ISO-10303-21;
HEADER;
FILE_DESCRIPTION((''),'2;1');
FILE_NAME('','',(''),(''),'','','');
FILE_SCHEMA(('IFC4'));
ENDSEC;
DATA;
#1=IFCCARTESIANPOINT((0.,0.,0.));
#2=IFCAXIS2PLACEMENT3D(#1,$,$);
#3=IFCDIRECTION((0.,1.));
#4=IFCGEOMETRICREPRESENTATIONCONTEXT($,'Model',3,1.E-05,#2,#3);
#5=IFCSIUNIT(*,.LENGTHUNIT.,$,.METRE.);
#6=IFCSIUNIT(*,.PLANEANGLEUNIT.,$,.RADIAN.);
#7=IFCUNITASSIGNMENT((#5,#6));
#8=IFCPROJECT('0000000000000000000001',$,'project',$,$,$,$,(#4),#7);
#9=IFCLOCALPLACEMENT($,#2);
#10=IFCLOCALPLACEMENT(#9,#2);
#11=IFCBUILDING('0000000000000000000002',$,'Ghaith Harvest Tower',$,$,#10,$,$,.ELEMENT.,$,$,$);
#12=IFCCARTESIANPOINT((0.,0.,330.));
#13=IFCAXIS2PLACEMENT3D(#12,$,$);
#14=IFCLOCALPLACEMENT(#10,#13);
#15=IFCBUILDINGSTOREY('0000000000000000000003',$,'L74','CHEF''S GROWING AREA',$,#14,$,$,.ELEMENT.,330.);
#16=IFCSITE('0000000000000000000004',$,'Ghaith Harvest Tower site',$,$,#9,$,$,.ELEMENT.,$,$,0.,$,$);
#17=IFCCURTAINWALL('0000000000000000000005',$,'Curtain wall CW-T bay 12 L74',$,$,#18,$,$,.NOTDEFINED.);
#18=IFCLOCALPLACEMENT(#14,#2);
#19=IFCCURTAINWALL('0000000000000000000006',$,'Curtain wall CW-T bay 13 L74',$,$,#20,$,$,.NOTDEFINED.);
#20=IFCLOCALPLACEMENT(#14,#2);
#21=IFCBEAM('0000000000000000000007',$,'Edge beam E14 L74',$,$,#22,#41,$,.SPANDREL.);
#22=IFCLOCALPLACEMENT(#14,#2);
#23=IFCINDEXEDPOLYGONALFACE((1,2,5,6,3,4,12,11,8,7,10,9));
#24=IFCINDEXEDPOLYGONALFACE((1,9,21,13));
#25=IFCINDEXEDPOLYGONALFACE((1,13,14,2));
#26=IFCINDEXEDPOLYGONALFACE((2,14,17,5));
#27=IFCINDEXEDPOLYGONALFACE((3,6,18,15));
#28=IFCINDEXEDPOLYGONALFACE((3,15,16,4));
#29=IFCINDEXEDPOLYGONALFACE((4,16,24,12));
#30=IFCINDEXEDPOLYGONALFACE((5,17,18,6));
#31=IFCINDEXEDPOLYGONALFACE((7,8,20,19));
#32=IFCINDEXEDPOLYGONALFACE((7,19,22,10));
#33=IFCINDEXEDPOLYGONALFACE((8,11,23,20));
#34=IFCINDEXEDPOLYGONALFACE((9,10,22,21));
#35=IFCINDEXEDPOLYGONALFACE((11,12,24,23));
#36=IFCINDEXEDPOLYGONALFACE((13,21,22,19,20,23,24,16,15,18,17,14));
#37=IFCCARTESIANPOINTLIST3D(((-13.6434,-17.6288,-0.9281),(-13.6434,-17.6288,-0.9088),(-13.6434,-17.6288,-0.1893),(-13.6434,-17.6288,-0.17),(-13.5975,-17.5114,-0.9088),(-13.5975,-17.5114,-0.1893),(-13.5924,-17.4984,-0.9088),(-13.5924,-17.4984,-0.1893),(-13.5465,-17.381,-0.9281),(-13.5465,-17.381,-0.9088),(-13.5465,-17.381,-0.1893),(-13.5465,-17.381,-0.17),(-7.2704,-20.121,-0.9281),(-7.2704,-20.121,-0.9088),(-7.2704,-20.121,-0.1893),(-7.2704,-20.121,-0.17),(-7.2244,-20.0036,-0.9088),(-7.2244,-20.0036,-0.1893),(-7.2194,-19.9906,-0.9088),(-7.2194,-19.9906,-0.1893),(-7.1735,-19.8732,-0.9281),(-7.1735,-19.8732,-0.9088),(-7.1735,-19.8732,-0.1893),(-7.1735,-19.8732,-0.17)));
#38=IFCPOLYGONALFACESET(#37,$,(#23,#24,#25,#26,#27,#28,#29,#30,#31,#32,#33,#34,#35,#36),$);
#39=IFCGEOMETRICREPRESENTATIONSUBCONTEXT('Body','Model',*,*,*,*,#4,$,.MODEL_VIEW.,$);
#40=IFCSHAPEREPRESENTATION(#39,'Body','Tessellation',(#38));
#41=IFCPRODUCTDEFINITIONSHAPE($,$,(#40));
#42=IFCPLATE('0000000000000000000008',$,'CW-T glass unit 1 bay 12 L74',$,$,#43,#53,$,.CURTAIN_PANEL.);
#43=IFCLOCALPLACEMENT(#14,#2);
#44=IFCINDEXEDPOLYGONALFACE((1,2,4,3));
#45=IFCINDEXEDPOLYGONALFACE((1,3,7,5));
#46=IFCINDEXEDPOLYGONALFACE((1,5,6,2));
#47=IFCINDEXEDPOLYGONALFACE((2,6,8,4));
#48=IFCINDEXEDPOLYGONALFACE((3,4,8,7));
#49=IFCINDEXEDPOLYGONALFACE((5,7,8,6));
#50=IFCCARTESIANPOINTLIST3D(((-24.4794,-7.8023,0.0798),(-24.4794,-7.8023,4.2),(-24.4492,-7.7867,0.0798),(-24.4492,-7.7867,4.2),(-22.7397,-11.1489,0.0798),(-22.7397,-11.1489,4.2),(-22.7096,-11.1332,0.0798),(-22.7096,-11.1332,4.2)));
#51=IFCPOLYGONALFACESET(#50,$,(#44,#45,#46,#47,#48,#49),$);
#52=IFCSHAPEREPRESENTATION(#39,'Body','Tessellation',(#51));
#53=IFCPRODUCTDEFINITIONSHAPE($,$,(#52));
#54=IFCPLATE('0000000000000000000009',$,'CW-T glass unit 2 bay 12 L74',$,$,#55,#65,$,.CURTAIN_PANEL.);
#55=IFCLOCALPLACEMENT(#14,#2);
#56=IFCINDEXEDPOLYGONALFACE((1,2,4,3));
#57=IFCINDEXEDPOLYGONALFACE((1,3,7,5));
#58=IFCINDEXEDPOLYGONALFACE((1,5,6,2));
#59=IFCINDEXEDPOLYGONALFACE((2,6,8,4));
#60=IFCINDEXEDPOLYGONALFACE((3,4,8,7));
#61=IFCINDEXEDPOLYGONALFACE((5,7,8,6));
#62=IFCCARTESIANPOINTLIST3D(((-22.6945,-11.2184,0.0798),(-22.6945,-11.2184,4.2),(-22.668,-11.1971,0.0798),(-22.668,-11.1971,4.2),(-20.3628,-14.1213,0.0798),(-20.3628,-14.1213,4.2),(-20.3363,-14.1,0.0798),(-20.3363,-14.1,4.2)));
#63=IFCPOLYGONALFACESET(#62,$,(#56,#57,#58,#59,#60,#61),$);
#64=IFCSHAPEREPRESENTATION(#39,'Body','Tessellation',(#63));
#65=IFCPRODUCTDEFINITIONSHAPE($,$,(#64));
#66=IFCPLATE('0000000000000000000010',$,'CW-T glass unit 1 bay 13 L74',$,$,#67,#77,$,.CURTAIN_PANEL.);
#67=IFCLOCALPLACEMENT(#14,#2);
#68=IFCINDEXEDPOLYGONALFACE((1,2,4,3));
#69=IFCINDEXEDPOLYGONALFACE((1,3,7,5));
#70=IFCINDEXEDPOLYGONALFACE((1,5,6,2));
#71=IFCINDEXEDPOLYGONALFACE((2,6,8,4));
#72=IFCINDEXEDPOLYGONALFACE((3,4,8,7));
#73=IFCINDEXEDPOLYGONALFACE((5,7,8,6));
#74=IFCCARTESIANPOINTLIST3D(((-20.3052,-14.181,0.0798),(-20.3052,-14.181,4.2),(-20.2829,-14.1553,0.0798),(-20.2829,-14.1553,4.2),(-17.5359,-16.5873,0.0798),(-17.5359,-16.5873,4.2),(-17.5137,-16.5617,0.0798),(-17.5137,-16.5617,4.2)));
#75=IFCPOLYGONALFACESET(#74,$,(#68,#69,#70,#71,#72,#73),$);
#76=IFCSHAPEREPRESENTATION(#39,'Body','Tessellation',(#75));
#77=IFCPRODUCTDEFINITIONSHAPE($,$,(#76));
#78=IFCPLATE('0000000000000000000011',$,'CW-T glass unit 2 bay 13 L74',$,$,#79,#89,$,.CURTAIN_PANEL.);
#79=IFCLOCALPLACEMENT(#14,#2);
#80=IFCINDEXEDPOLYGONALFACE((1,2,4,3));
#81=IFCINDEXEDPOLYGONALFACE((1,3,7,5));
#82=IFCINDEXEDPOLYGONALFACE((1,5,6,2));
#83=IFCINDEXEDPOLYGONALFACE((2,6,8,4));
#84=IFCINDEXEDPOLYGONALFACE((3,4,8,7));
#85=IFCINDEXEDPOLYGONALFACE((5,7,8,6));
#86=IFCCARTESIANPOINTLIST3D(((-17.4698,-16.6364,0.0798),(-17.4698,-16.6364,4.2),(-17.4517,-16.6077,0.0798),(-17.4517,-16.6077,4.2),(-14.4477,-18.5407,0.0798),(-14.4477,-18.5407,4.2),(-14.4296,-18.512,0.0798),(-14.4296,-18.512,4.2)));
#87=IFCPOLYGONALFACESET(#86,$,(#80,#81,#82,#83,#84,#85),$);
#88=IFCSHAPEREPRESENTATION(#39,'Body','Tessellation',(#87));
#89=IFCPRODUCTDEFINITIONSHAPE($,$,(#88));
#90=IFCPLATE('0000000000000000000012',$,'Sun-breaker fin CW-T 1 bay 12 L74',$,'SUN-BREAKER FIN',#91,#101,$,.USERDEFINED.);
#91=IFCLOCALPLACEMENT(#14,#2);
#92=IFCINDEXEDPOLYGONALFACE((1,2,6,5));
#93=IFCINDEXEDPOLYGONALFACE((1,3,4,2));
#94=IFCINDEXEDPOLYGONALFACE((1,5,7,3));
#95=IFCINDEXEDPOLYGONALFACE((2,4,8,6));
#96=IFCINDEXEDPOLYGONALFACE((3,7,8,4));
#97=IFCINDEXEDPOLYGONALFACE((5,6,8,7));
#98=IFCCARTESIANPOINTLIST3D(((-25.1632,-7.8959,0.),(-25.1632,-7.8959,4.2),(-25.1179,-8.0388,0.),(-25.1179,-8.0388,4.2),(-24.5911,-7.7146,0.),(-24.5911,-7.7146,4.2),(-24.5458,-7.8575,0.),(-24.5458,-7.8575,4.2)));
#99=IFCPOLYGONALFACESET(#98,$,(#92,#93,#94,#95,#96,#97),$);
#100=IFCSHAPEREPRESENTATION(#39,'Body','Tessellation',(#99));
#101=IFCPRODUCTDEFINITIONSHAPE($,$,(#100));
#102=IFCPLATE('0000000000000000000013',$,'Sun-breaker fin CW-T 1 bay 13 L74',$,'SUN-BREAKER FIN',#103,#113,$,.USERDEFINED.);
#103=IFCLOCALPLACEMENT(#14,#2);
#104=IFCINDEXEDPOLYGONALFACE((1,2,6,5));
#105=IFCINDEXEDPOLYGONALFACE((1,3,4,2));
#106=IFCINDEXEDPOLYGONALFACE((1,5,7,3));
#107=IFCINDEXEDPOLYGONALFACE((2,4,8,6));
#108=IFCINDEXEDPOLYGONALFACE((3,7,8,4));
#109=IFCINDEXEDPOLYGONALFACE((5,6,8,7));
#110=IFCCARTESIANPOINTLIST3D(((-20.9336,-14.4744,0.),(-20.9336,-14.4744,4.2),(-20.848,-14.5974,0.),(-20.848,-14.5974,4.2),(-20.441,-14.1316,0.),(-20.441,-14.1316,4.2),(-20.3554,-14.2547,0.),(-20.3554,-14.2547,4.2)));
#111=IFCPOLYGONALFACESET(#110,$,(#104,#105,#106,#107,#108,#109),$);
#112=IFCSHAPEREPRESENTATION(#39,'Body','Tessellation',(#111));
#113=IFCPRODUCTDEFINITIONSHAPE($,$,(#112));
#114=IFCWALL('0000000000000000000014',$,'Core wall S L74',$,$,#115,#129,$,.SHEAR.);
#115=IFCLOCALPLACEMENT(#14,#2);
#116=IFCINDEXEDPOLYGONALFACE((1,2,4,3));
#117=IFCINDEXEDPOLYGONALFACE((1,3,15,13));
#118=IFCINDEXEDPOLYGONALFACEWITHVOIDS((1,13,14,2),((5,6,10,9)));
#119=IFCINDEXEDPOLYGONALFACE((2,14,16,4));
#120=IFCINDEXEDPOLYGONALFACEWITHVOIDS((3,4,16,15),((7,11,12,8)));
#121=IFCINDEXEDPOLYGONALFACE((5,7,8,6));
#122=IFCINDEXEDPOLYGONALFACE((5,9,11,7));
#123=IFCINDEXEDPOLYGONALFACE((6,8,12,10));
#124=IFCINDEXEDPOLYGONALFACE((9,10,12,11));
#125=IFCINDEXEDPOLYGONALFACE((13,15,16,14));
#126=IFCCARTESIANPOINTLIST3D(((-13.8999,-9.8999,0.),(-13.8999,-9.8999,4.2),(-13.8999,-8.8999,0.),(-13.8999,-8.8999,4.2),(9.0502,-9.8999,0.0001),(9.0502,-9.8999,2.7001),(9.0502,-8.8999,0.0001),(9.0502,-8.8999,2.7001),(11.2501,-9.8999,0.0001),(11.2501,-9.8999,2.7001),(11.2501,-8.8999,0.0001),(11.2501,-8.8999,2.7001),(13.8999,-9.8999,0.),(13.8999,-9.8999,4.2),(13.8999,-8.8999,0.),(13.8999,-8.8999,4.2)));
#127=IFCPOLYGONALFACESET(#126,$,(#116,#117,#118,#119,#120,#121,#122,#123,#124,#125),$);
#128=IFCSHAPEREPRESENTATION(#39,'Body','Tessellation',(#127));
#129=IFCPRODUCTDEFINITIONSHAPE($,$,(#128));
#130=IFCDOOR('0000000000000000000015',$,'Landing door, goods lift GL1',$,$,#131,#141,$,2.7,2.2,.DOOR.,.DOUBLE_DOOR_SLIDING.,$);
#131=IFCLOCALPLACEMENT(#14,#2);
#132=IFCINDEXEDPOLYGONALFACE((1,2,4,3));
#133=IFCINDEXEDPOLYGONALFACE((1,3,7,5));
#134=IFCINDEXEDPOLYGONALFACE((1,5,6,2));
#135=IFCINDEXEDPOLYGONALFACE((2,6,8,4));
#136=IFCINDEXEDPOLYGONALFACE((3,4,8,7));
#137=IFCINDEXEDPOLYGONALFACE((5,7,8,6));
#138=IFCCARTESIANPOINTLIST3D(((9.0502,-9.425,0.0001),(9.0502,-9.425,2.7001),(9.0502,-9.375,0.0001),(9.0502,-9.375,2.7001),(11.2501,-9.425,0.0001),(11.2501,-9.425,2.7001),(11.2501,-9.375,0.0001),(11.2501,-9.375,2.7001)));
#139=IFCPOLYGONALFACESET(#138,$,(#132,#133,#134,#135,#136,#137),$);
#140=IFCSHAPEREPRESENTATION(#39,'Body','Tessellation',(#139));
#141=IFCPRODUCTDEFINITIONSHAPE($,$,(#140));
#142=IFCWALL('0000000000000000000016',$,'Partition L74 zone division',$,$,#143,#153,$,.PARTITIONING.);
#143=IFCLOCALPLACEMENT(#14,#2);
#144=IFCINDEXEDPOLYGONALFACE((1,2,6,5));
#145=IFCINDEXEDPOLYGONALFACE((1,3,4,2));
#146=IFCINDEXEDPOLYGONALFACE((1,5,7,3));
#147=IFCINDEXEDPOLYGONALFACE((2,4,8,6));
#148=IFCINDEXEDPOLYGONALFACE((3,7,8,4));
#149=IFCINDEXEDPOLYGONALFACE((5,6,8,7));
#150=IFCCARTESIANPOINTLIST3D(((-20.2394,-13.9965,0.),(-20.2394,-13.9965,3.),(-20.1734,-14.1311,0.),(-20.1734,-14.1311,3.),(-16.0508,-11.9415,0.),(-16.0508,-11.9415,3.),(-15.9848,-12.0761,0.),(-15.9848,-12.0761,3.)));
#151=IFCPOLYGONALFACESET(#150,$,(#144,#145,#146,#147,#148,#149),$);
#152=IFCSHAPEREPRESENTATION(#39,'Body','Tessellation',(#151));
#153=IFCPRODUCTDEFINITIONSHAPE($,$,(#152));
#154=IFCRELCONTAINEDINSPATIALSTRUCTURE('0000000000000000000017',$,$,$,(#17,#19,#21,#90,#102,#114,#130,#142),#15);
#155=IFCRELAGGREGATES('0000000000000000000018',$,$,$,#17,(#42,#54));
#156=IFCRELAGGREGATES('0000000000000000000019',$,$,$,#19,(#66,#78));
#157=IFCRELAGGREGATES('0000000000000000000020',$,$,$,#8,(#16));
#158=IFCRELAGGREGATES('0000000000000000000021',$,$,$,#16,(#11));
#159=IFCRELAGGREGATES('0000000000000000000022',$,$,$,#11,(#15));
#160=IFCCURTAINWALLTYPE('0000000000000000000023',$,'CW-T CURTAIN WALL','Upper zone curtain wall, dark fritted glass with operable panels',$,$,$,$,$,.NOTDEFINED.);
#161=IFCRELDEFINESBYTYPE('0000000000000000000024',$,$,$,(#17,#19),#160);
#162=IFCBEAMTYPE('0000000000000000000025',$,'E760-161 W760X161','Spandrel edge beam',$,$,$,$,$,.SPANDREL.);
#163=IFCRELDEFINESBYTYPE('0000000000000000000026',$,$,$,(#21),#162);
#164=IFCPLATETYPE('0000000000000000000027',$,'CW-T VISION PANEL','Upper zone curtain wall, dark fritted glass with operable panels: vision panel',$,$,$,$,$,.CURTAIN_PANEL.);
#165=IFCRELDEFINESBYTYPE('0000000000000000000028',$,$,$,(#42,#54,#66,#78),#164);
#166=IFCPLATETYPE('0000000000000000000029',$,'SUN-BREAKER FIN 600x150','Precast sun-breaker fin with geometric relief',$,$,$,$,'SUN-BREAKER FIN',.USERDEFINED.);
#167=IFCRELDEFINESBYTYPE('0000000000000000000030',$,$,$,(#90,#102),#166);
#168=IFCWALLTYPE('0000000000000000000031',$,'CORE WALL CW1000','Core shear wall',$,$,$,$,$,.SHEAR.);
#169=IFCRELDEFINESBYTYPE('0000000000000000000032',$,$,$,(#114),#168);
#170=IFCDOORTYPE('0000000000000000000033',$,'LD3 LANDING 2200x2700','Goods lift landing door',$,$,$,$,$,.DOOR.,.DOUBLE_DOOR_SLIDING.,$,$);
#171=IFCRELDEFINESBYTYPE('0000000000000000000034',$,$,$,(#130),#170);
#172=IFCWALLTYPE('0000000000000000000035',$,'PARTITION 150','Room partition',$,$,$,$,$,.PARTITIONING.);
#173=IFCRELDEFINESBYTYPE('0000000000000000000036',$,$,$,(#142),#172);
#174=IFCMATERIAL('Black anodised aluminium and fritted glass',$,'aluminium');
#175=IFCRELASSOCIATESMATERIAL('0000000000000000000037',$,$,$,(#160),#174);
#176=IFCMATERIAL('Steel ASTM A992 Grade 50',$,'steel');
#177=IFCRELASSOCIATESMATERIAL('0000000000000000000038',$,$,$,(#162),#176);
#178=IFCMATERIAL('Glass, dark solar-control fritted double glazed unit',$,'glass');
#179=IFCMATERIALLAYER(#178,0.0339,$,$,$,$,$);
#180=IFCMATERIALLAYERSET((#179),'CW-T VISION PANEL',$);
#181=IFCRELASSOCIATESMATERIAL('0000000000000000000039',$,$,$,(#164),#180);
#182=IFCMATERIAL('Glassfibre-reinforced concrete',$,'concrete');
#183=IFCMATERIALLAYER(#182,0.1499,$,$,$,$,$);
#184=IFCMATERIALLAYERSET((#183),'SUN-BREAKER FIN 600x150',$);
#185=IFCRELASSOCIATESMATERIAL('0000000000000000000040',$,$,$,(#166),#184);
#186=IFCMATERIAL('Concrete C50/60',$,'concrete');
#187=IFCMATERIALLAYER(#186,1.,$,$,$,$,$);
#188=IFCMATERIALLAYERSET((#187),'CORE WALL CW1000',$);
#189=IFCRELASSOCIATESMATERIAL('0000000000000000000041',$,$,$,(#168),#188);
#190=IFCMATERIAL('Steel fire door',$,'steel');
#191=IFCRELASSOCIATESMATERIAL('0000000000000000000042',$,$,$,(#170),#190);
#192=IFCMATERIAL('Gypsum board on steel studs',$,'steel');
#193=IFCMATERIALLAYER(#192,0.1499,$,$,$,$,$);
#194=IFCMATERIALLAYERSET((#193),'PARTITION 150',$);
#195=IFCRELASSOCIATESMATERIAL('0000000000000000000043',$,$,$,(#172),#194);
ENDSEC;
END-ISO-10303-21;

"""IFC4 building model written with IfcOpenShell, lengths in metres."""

from ifc_helpers import new_model, si_unit, direction, frame, frame_2d, origin, origin_2d, place, context, subcontext, project, spatial, rectangle, i_section, extrude, material, layer, layer_set, material_profile, profile_set, type_object, element, fill, aggregate, save


model = new_model("IFC4")

# Units and contexts
model_context = context("Model", 3, precision=1e-05, world=origin(), true_north=direction((0.0, 1.0)))
body_context = subcontext(model_context, "Body", "Model", "MODEL_VIEW")
ifc_project = project(units=[si_unit("LENGTHUNIT", "METRE"), si_unit("PLANEANGLEUNIT", "RADIAN")], contexts=[model_context])

# Site, building, storey
site_placement = place(None, origin())
site = spatial("IfcSite", under=ifc_project, at=site_placement, Name="Ghaith Harvest Tower site", CompositionType="ELEMENT", RefElevation=0.0)
building_placement = place(site_placement, origin())
building = spatial("IfcBuilding", under=site, at=building_placement, Name="Ghaith Harvest Tower", CompositionType="ELEMENT")
storey_placement = place(building_placement, frame((0.0, 0.0, 330.0)))
storey = spatial("IfcBuildingStorey", under=building, at=storey_placement, Name="L74", Description="CHEF'S GROWING AREA", CompositionType="ELEMENT", Elevation=330.0)

# Curtain walls
ifc_material_1 = material(Name="Black anodised aluminium and fritted glass", Category="aluminium")
curtain_wall_type = type_object("IfcCurtainWallType", Name="CW-T CURTAIN WALL", Description="Upper zone curtain wall, dark fritted glass with operable panels", PredefinedType="NOTDEFINED", material=ifc_material_1)
curtain_wall_1_placement = place(storey_placement, origin())
curtain_wall_1 = element("IfcCurtainWall", 1, at=curtain_wall_1_placement, inside=storey, type_object=curtain_wall_type, Name="Curtain wall CW-T bay 12 L74", PredefinedType="NOTDEFINED")
curtain_wall_2_placement = place(storey_placement, origin())
curtain_wall_2 = element("IfcCurtainWall", 2, at=curtain_wall_2_placement, inside=storey, type_object=curtain_wall_type, Name="Curtain wall CW-T bay 13 L74", PredefinedType="NOTDEFINED")

# Beam
ifc_material_2 = material(Name="Steel ASTM A992 Grade 50", Category="steel")
ifc_material_profile_1 = material_profile(ifc_material_2, i_section(OverallWidth=0.2661, OverallDepth=0.7581, WebThickness=0.0139, FlangeThickness=0.0193, at=origin_2d()), Name="W760X161")
ifc_profile_set_1 = profile_set([ifc_material_profile_1], Name="Steel ASTM A992 Grade 50")
beam_type = type_object("IfcBeamType", Name="E760-161 W760X161", Description="Spandrel edge beam", PredefinedType="SPANDREL", material=ifc_profile_set_1)
beam_1_placement = place(storey_placement, frame((-13.595, -17.5049, -0.5491), z_axis=(0.931323, -0.364195, 0.0), x_axis=(0.364195, 0.931323, 0.0)))
element("IfcBeam", 3, at=beam_1_placement, inside=storey, type_object=beam_type, Name="Edge beam E14 L74", PredefinedType="SPANDREL", context=body_context, shape_type="SweptSolid", body=[
    extrude(i_section(OverallWidth=0.2661, OverallDepth=0.7581, WebThickness=0.0139, FlangeThickness=0.0193, at=origin_2d()), origin(), (0.0, 0.0, 1.0), 6.843),
])

# Plates
ifc_material_3 = material(Name="Glass, dark solar-control fritted double glazed unit", Category="glass")
ifc_layer_1 = layer(ifc_material_3, 0.0339)
ifc_layer_set_1 = layer_set([ifc_layer_1], Name="CW-T VISION PANEL")
plate_type_1 = type_object("IfcPlateType", Name="CW-T VISION PANEL", Description="Upper zone curtain wall, dark fritted glass with operable panels: vision panel", PredefinedType="CURTAIN_PANEL", material=ifc_layer_set_1)
plate_1_placement = place(storey_placement, frame((-23.5945, -9.4678, 0.0798), z_axis=(0.0, 0.0, 1.0), x_axis=(0.46123, -0.887281, 0.0)))
plate_1 = element("IfcPlate", 4, at=plate_1_placement, type_object=plate_type_1, Name="CW-T glass unit 1 bay 12 L74", PredefinedType="CURTAIN_PANEL", context=body_context, shape_type="SweptSolid", body=[
    extrude(rectangle(XDim=3.7717, YDim=0.0339, at=origin_2d()), origin(), (0.0, 0.0, 1.0), 4.1201),
])
plate_2_placement = place(storey_placement, frame((-21.5154, -12.6592, 0.0798), z_axis=(0.0, 0.0, 1.0), x_axis=(0.62623, -0.779639, 0.0)))
plate_2 = element("IfcPlate", 5, at=plate_2_placement, type_object=plate_type_1, Name="CW-T glass unit 2 bay 12 L74", PredefinedType="CURTAIN_PANEL", context=body_context, shape_type="SweptSolid", body=[
    extrude(rectangle(XDim=3.7234, YDim=0.0339, at=origin_2d()), origin(), (0.0, 0.0, 1.0), 4.1201),
])
aggregate(curtain_wall_1, [plate_1, plate_2])
plate_3_placement = place(storey_placement, frame((-18.9094, -15.3713, 0.0798), z_axis=(0.0, 0.0, 1.0), x_axis=(0.754829, -0.655922, 0.0)))
plate_3 = element("IfcPlate", 6, at=plate_3_placement, type_object=plate_type_1, Name="CW-T glass unit 1 bay 13 L74", PredefinedType="CURTAIN_PANEL", context=body_context, shape_type="SweptSolid", body=[
    extrude(rectangle(XDim=3.6687, YDim=0.0339, at=origin_2d()), origin(), (0.0, 0.0, 1.0), 4.1201),
])
plate_4_placement = place(storey_placement, frame((-15.9497, -17.5742, 0.0798), z_axis=(0.0, 0.0, 1.0), x_axis=(0.846043, -0.533114, 0.0)))
plate_4 = element("IfcPlate", 7, at=plate_4_placement, type_object=plate_type_1, Name="CW-T glass unit 2 bay 13 L74", PredefinedType="CURTAIN_PANEL", context=body_context, shape_type="SweptSolid", body=[
    extrude(rectangle(XDim=3.572, YDim=0.0339, at=origin_2d()), origin(), (0.0, 0.0, 1.0), 4.1201),
])
aggregate(curtain_wall_2, [plate_3, plate_4])

# Plates
ifc_material_4 = material(Name="Glassfibre-reinforced concrete", Category="concrete")
ifc_layer_2 = layer(ifc_material_4, 0.1499)
ifc_layer_set_2 = layer_set([ifc_layer_2], Name="SUN-BREAKER FIN 600x150")
plate_type_2 = type_object("IfcPlateType", Name="SUN-BREAKER FIN 600x150", Description="Precast sun-breaker fin with geometric relief", ElementType="SUN-BREAKER FIN", PredefinedType="USERDEFINED", material=ifc_layer_set_2)
for number, where, z_axis, x_axis, name in (
    (8, (-24.8545, -7.8767, 0.0), (0.0, 0.0, 1.0), (-0.953273, -0.30211, 0.0), "Sun-breaker fin CW-T 1 bay 12 L74"),
    (9, (-20.6445, -14.3645, 0.0), (0.0, 0.0, 1.0), (-0.820845, -0.57115, 0.0), "Sun-breaker fin CW-T 1 bay 13 L74"),
):
    element("IfcPlate", number, at=place(storey_placement, frame(where, z_axis=z_axis, x_axis=x_axis)), inside=storey, type_object=plate_type_2, Name=name, ObjectType="SUN-BREAKER FIN", PredefinedType="USERDEFINED", context=body_context, shape_type="SweptSolid", body=[
        extrude(rectangle(XDim=0.6001, YDim=0.1499, at=origin_2d()), origin(), (0.0, 0.0, 1.0), 4.2),
    ])

# Wall, opening, door
ifc_material_5 = material(Name="Concrete C50/60", Category="concrete")
ifc_layer_3 = layer(ifc_material_5, 1.0)
ifc_layer_set_3 = layer_set([ifc_layer_3], Name="CORE WALL CW1000")
wall_type_1 = type_object("IfcWallType", Name="CORE WALL CW1000", Description="Core shear wall", PredefinedType="SHEAR", material=ifc_layer_set_3)
wall_1_placement = place(storey_placement, frame((-13.8999, -9.3999, 0.0), z_axis=(0.0, 0.0, 1.0), x_axis=(1.0, 0.0, 0.0)))
wall_1 = element("IfcWall", 10, at=wall_1_placement, inside=storey, type_object=wall_type_1, Name="Core wall S L74", PredefinedType="SHEAR", context=body_context, shape_type="SweptSolid", body=[
    extrude(rectangle(XDim=27.7998, YDim=1.0, at=frame_2d((13.8999, 0.0))), origin(), (0.0, 0.0, 1.0), 4.2),
])
opening_placement = place(wall_1_placement, frame((22.95, 0.0, 0.0)))
opening = element("IfcOpeningElement", 11, at=opening_placement, cuts=wall_1, PredefinedType="OPENING", context=body_context, shape_type="SweptSolid", body=[
    extrude(rectangle(XDim=2.2, YDim=2.7, at=frame_2d((1.1001, 1.3501))), frame((0.0, 0.51, 0.0), z_axis=(0.0, -1.0, 0.0), x_axis=(1.0, 0.0, 0.0)), (0.0, 0.0, 1.0), 1.02),
])
ifc_material_6 = material(Name="Steel fire door", Category="steel")
door_type = type_object("IfcDoorType", Name="LD3 LANDING 2200x2700", Description="Goods lift landing door", OperationType="DOUBLE_DOOR_SLIDING", PredefinedType="DOOR", material=ifc_material_6)
door_placement = place(opening_placement, origin())
door = element("IfcDoor", 12, at=door_placement, inside=storey, type_object=door_type, Name="Landing door, goods lift GL1", OperationType="DOUBLE_DOOR_SLIDING", OverallHeight=2.7, OverallWidth=2.2, PredefinedType="DOOR", context=body_context, shape_type="SweptSolid", body=[
    extrude(rectangle(XDim=2.2, YDim=2.7, at=frame_2d((1.1001, 1.3501))), frame((0.0, 0.0249, 0.0), z_axis=(0.0, -1.0, 0.0), x_axis=(1.0, 0.0, 0.0)), (0.0, 0.0, 1.0), 0.05),
])
fill(opening, door)

# Wall
ifc_material_7 = material(Name="Gypsum board on steel studs", Category="steel")
ifc_layer_4 = layer(ifc_material_7, 0.1499)
ifc_layer_set_4 = layer_set([ifc_layer_4], Name="PARTITION 150")
wall_type_2 = type_object("IfcWallType", Name="PARTITION 150", Description="Room partition", PredefinedType="PARTITIONING", material=ifc_layer_set_4)
wall_2_placement = place(storey_placement, frame((-16.0178, -12.0088, 0.0), z_axis=(0.0, 0.0, 1.0), x_axis=(-0.897772, -0.440461, 0.0)))
element("IfcWall", 13, at=wall_2_placement, inside=storey, type_object=wall_type_2, Name="Partition L74 zone division", PredefinedType="PARTITIONING", context=body_context, shape_type="SweptSolid", body=[
    extrude(rectangle(XDim=4.6655, YDim=0.1499, at=frame_2d((2.3328, 0.0))), origin(), (0.0, 0.0, 1.0), 3.0),
])

save(model, "model.ifc")
